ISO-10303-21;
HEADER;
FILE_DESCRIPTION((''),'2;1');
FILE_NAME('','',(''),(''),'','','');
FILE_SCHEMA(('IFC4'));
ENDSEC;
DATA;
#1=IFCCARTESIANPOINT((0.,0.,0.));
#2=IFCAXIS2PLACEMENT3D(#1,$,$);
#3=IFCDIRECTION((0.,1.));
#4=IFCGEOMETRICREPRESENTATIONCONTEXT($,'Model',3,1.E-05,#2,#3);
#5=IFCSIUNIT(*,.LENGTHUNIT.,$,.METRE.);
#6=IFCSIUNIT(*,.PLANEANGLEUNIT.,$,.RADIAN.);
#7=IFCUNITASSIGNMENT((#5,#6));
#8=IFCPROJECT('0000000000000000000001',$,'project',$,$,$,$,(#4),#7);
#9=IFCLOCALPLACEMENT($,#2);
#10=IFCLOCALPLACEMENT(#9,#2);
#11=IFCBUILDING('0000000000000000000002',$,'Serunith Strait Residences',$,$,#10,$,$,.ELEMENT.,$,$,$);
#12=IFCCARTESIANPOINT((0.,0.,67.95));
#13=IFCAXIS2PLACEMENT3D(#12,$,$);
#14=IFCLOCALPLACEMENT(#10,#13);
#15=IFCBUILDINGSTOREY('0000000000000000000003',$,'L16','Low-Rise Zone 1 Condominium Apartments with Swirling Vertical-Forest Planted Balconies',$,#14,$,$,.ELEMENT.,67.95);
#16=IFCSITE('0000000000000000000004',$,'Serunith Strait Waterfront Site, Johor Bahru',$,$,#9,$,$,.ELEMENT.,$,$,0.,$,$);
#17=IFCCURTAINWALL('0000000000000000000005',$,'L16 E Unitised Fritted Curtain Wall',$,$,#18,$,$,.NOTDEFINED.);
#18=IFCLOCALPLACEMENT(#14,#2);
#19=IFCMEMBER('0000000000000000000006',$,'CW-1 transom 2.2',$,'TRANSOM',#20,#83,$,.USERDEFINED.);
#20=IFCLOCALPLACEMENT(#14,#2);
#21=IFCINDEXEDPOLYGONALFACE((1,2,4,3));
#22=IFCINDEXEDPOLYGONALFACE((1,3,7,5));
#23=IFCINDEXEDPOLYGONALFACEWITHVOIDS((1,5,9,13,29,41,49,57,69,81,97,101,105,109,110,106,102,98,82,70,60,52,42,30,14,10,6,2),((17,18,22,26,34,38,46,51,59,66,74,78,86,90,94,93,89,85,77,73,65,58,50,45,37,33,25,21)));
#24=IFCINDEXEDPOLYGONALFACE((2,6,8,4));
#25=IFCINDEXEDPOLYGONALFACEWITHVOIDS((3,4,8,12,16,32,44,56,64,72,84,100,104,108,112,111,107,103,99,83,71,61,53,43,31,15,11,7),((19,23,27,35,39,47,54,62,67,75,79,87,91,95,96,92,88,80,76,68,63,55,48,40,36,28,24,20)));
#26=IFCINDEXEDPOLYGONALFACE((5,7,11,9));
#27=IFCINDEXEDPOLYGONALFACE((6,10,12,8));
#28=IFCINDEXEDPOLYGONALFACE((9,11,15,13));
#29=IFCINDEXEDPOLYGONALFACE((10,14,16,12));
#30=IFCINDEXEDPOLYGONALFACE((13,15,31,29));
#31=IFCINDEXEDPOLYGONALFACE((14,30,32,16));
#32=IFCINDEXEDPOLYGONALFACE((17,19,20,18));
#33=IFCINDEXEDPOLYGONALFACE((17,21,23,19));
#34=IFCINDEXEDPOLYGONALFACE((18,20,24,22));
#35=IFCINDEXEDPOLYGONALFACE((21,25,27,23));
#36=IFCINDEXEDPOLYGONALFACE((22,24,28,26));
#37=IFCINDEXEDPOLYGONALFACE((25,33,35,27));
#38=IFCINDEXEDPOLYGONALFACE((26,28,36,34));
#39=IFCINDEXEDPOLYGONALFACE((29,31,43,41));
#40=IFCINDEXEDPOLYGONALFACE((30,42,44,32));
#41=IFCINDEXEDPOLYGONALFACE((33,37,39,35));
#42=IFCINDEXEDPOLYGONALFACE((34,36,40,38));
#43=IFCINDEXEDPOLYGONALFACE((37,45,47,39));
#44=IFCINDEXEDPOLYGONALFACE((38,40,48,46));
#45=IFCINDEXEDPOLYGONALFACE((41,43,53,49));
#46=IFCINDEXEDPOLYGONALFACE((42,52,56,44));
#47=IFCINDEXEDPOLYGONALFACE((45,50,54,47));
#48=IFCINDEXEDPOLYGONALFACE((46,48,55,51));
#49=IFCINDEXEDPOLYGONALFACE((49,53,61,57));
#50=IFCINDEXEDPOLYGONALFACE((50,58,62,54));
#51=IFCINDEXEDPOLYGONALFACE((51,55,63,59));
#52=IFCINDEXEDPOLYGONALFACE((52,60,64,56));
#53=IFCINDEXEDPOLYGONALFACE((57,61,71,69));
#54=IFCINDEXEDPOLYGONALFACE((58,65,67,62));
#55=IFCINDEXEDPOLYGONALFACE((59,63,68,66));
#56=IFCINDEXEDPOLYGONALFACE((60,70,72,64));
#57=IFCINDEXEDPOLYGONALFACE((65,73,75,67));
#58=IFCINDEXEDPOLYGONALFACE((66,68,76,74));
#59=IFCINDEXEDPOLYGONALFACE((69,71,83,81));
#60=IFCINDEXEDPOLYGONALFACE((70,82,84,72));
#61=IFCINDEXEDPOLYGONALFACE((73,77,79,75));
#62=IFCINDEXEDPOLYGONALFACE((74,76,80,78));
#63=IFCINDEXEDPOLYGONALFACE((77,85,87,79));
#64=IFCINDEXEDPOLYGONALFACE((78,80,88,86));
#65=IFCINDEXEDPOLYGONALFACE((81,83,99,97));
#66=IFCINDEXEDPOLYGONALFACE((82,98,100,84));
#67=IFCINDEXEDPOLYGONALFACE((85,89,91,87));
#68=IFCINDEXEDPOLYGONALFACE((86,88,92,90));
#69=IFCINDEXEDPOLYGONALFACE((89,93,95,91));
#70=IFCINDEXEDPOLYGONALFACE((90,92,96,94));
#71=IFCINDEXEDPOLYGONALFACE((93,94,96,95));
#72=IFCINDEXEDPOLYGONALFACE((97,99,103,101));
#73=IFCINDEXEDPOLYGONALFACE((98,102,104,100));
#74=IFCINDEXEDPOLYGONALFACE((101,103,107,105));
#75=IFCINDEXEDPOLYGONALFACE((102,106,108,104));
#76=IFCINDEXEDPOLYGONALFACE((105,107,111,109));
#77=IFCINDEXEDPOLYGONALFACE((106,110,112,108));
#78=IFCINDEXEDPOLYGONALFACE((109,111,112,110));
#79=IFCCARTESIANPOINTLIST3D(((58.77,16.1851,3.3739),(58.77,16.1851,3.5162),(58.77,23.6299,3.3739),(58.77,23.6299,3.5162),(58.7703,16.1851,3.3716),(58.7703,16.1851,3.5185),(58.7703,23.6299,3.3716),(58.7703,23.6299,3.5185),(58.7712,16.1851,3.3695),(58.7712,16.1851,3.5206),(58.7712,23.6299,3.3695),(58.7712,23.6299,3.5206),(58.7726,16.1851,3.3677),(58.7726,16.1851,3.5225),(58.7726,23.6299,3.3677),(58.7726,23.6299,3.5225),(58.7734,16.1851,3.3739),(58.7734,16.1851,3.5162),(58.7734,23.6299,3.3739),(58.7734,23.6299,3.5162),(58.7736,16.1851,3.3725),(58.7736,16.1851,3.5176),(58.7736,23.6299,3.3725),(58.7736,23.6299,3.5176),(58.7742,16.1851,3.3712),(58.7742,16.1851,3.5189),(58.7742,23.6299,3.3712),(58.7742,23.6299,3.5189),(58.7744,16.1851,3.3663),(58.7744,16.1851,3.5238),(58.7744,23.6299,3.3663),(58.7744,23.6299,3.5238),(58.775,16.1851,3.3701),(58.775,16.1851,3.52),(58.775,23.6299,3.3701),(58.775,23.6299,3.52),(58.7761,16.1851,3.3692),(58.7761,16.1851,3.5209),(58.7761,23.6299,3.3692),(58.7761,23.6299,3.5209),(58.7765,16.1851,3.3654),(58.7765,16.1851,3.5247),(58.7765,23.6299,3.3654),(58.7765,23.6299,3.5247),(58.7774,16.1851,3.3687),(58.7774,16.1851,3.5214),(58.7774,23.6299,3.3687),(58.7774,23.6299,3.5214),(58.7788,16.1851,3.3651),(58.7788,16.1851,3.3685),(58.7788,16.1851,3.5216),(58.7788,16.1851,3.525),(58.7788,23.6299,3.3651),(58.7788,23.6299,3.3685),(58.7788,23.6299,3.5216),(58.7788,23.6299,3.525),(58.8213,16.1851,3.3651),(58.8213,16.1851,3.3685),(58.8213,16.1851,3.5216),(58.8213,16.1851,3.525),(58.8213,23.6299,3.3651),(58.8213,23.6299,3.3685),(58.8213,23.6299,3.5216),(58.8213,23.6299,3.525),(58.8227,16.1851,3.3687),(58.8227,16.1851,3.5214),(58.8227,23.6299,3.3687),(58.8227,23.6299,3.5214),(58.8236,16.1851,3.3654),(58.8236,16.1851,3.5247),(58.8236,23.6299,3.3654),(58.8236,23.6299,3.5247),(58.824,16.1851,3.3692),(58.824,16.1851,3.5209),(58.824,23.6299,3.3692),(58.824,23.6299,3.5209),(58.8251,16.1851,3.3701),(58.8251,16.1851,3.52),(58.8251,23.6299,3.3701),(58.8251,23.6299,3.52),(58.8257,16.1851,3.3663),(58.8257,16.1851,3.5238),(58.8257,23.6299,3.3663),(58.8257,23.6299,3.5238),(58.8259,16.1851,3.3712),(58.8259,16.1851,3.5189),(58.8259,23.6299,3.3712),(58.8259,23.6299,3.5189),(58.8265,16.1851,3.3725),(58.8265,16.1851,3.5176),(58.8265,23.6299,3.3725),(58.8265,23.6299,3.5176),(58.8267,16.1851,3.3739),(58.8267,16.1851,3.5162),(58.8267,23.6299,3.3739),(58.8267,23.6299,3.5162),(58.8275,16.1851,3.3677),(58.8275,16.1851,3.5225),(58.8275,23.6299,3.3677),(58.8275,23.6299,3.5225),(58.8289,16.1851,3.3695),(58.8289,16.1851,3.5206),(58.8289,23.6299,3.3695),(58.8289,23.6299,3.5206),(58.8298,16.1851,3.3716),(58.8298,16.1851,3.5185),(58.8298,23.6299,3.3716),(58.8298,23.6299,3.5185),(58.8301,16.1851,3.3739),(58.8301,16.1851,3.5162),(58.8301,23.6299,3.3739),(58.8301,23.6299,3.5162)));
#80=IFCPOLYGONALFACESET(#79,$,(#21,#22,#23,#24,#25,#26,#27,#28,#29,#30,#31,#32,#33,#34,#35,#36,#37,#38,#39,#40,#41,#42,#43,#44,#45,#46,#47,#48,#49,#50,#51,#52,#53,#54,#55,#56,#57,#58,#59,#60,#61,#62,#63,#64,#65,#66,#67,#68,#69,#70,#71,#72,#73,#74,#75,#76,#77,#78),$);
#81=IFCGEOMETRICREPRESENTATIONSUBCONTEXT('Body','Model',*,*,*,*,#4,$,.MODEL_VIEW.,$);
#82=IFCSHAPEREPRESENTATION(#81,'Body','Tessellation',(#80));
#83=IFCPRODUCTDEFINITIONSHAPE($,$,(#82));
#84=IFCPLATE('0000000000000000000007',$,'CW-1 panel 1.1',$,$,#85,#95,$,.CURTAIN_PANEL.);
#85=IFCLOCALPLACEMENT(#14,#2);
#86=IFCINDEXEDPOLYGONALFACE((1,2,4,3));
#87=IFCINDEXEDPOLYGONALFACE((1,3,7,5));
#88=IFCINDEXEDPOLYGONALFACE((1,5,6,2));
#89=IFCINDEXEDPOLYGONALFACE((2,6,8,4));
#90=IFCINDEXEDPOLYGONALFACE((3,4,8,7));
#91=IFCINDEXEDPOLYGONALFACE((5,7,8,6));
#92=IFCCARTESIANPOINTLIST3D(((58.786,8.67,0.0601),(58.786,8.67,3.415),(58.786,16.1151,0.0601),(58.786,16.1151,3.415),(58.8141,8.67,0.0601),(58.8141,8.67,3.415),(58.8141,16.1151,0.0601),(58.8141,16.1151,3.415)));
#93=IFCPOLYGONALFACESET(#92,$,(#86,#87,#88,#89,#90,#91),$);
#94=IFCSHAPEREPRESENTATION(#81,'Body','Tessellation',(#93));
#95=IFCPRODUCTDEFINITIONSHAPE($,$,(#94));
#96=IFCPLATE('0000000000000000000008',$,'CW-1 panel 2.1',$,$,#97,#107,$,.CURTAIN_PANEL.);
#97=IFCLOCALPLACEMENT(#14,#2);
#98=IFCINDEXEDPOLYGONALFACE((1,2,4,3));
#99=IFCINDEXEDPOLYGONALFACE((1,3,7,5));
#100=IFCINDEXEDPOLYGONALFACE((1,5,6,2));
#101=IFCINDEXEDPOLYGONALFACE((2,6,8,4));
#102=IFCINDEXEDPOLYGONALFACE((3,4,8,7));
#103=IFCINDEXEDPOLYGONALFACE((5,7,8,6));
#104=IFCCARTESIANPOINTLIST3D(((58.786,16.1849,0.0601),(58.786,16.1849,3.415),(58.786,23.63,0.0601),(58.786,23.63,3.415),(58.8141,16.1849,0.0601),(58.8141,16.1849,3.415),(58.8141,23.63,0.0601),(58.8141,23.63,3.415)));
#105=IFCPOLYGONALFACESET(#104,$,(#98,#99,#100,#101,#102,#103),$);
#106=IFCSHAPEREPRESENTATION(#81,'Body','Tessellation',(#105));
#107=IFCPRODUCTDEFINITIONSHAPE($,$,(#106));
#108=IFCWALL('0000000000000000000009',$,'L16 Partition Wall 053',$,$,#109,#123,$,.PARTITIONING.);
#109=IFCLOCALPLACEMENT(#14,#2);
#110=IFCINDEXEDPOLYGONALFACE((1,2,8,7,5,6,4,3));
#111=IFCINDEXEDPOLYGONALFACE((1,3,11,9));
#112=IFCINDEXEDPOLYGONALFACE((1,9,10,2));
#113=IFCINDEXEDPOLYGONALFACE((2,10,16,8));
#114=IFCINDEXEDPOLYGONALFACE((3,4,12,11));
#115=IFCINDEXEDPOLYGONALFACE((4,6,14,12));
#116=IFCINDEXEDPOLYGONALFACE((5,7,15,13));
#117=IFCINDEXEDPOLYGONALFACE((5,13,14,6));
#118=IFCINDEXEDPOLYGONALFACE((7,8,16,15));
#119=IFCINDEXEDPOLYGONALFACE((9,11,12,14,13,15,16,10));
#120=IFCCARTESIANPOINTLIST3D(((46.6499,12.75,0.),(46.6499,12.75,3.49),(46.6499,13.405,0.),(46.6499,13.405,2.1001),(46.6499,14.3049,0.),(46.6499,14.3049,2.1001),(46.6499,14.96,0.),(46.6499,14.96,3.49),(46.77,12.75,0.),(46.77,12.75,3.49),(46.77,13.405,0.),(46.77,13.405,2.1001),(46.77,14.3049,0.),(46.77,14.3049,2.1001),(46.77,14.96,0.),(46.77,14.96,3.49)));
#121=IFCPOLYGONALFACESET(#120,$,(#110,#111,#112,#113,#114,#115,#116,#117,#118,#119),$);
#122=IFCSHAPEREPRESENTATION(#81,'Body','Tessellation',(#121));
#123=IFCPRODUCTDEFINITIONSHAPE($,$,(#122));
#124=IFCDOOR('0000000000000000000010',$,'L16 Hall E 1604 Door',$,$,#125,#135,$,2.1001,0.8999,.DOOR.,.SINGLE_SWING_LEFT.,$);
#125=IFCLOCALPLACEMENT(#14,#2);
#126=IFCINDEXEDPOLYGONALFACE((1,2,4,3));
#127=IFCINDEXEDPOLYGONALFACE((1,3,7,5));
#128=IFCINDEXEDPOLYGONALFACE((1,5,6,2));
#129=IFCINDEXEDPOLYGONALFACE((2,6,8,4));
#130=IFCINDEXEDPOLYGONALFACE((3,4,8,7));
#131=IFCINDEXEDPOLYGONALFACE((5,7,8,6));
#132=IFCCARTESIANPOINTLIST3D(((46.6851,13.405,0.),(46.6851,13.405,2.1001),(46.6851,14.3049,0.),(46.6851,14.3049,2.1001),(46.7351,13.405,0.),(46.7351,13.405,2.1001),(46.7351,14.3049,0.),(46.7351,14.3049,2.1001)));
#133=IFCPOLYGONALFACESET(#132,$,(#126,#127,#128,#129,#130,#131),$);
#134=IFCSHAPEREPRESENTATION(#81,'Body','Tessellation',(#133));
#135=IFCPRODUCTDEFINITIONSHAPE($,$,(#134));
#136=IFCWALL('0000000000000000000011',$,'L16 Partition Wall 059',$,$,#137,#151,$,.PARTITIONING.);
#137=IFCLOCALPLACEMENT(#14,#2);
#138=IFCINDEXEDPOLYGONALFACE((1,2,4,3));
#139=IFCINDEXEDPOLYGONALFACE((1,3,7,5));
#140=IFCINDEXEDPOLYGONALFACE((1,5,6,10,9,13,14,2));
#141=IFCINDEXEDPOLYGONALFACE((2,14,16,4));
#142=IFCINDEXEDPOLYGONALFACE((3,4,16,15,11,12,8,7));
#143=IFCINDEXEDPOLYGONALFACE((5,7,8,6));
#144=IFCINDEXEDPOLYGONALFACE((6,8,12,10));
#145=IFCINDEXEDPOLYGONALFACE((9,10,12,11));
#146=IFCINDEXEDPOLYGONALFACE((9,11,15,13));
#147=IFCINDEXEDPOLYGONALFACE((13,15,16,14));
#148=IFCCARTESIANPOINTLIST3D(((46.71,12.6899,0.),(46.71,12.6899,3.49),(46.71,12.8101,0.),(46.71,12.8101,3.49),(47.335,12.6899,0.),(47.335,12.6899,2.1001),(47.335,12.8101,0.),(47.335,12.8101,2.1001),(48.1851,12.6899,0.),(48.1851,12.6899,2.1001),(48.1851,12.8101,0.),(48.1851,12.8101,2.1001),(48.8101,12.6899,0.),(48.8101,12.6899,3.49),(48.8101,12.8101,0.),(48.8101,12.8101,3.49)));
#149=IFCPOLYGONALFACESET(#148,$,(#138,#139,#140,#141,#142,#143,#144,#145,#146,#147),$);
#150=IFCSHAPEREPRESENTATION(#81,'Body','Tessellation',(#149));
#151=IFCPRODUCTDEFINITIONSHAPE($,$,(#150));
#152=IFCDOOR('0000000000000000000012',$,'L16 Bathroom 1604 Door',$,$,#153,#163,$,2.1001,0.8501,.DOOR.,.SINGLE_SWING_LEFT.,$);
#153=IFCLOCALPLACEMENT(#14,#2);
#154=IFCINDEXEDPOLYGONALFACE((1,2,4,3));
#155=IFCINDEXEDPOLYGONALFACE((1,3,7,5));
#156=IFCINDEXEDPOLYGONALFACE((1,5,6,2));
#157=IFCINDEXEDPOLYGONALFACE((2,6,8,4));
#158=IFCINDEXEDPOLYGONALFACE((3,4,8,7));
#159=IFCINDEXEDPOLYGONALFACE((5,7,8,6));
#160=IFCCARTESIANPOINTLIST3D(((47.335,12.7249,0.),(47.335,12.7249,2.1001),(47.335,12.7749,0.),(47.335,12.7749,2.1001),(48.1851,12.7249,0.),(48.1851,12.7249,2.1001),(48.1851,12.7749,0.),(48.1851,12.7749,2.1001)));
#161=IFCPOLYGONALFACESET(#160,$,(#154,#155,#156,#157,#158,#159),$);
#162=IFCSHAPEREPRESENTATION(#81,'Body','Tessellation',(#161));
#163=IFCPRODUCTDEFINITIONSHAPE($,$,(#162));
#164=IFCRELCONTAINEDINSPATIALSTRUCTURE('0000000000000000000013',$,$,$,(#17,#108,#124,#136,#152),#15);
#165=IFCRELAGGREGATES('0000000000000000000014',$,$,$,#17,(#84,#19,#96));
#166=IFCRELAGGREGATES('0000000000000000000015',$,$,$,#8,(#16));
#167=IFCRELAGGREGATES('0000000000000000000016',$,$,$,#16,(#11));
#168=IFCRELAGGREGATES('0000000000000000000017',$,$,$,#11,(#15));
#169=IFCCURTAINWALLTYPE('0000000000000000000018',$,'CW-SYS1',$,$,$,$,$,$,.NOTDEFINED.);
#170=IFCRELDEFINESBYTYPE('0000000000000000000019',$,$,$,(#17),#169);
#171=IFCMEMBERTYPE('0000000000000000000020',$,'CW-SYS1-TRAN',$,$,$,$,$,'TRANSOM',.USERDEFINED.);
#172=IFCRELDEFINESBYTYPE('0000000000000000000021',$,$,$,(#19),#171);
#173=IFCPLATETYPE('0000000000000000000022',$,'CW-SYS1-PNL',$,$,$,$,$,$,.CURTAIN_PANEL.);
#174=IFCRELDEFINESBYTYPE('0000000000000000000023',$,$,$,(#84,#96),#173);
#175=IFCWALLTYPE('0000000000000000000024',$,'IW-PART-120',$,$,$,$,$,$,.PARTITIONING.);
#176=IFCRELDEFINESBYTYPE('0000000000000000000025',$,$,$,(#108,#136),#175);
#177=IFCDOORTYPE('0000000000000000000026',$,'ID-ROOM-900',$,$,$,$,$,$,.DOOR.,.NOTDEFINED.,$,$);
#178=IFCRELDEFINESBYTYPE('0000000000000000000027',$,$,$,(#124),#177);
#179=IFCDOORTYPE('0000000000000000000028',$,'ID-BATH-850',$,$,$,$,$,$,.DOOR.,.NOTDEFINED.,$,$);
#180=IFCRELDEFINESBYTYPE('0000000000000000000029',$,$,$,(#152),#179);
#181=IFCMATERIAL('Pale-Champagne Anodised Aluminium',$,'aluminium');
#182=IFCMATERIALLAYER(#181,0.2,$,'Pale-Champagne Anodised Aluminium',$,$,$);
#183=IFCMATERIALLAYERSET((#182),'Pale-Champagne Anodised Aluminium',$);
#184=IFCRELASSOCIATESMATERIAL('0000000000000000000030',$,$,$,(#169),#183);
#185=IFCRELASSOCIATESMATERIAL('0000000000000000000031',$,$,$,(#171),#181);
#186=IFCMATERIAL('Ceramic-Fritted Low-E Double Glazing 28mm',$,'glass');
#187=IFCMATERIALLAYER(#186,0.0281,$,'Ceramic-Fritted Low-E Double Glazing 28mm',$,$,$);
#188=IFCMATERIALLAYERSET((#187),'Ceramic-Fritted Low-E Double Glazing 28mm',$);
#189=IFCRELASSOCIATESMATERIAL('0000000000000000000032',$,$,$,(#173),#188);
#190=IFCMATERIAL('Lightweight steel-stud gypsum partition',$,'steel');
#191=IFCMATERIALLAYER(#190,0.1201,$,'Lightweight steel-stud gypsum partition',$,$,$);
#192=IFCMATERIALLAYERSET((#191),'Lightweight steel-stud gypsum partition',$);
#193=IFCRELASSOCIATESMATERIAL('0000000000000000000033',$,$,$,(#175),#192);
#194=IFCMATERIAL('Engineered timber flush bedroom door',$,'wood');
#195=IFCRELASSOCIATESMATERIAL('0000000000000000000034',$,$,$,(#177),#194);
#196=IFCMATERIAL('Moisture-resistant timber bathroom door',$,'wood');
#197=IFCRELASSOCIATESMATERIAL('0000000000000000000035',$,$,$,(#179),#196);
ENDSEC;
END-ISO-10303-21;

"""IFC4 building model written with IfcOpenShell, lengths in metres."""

from ifc_helpers import new_model, si_unit, direction, frame, frame_2d, origin, origin_2d, place, context, subcontext, project, spatial, rectangle, hollow_rectangle, extrude, source, transform, mapped, material, layer, layer_set, material_profile, profile_set, type_object, element, fill, aggregate, save


model = new_model("IFC4")

# Units and contexts
model_context = context("Model", 3, precision=1e-05, world=origin(), true_north=direction((0.0, 1.0)))
body_context = subcontext(model_context, "Body", "Model", "MODEL_VIEW")
ifc_project = project(units=[si_unit("LENGTHUNIT", "METRE"), si_unit("PLANEANGLEUNIT", "RADIAN")], contexts=[model_context])

# Site, building, storey
site_placement = place(None, origin())
site = spatial("IfcSite", under=ifc_project, at=site_placement, Name="Serunith Strait Waterfront Site, Johor Bahru", CompositionType="ELEMENT", RefElevation=0.0)
building_placement = place(site_placement, origin())
building = spatial("IfcBuilding", under=site, at=building_placement, Name="Serunith Strait Residences", CompositionType="ELEMENT")
storey_placement = place(building_placement, frame((0.0, 0.0, 67.95)))
storey = spatial("IfcBuildingStorey", under=building, at=storey_placement, Name="L16", Description="Low-Rise Zone 1 Condominium Apartments with Swirling Vertical-Forest Planted Balconies", CompositionType="ELEMENT", Elevation=67.95)

# Curtain wall, member, plates
ifc_material_1 = material(Name="Pale-Champagne Anodised Aluminium", Category="aluminium")
ifc_layer_1 = layer(ifc_material_1, 0.2, Name="Pale-Champagne Anodised Aluminium")
ifc_layer_set_1 = layer_set([ifc_layer_1], Name="Pale-Champagne Anodised Aluminium")
curtain_wall_type = type_object("IfcCurtainWallType", Name="CW-SYS1", PredefinedType="NOTDEFINED", material=ifc_layer_set_1)
curtain_wall_placement = place(storey_placement, origin())
curtain_wall = element("IfcCurtainWall", 1, at=curtain_wall_placement, inside=storey, type_object=curtain_wall_type, Name="L16 E Unitised Fritted Curtain Wall", PredefinedType="NOTDEFINED")
ifc_material_profile_1 = material_profile(ifc_material_1, hollow_rectangle(XDim=0.0601, YDim=0.1599, WallThickness=0.0034, InnerFilletRadius=0.0054, OuterFilletRadius=0.0088, at=origin_2d()), Name="ALU 160x60x3.5")
ifc_profile_set_1 = profile_set([ifc_material_profile_1], Name="Pale-Champagne Anodised Aluminium")
member_type_1 = type_object("IfcMemberType", Name="CW-SYS1-TRAN", ElementType="TRANSOM", PredefinedType="USERDEFINED", material=ifc_profile_set_1)
shared_shape_1 = source(origin(), body_context, "Body", "SweptSolid", [
    extrude(hollow_rectangle(XDim=0.0601, YDim=0.1599, WallThickness=0.0034, InnerFilletRadius=0.0054, OuterFilletRadius=0.0088, at=origin_2d()), origin(), (0.0, 0.0, 1.0), 7.4448),
])
member_1_placement = place(storey_placement, frame((58.8, 16.1851, 3.4451), z_axis=(0.0, 1.0, 0.0), x_axis=(-1.0, 0.0, 0.0)))
member_1 = element("IfcMember", 2, at=member_1_placement, type_object=member_type_1, Name="CW-1 transom 2.2", ObjectType="TRANSOM", PredefinedType="USERDEFINED", context=body_context, shape_type="MappedRepresentation", body=[
    mapped(shared_shape_1, transform((0.0, 0.0, 0.0), scale=1.0)),
])
ifc_material_2 = material(Name="Ceramic-Fritted Low-E Double Glazing 28mm", Category="glass")
ifc_layer_2 = layer(ifc_material_2, 0.0281, Name="Ceramic-Fritted Low-E Double Glazing 28mm")
ifc_layer_set_2 = layer_set([ifc_layer_2], Name="Ceramic-Fritted Low-E Double Glazing 28mm")
plate_type = type_object("IfcPlateType", Name="CW-SYS1-PNL", PredefinedType="CURTAIN_PANEL", material=ifc_layer_set_2)
shared_shape_2 = source(origin(), body_context, "Body", "SweptSolid", [
    extrude(rectangle(XDim=7.4451, YDim=0.0281, at=origin_2d()), origin(), (0.0, 0.0, 1.0), 3.355),
])
plate_1_placement = place(storey_placement, frame((58.8, 12.3926, 0.0601), z_axis=(0.0, 0.0, 1.0), x_axis=(0.0, 1.0, 0.0)))
plate_1 = element("IfcPlate", 3, at=plate_1_placement, type_object=plate_type, Name="CW-1 panel 1.1", PredefinedType="CURTAIN_PANEL", context=body_context, shape_type="MappedRepresentation", body=[
    mapped(shared_shape_2, transform((0.0, 0.0, 0.0), scale=1.0)),
])
plate_2_placement = place(storey_placement, frame((58.8, 19.9075, 0.0601), z_axis=(0.0, 0.0, 1.0), x_axis=(0.0, 1.0, 0.0)))
plate_2 = element("IfcPlate", 4, at=plate_2_placement, type_object=plate_type, Name="CW-1 panel 2.1", PredefinedType="CURTAIN_PANEL", context=body_context, shape_type="MappedRepresentation", body=[
    mapped(shared_shape_2, transform((0.0, 0.0, 0.0), scale=1.0)),
])
aggregate(curtain_wall, [plate_1, member_1, plate_2])

# Walls, openings, doors
ifc_material_3 = material(Name="Lightweight steel-stud gypsum partition", Category="steel")
ifc_layer_3 = layer(ifc_material_3, 0.1201, Name="Lightweight steel-stud gypsum partition")
ifc_layer_set_3 = layer_set([ifc_layer_3], Name="Lightweight steel-stud gypsum partition")
wall_type = type_object("IfcWallType", Name="IW-PART-120", PredefinedType="PARTITIONING", material=ifc_layer_set_3)
wall_1_placement = place(storey_placement, frame((46.71, 12.75, 0.0), z_axis=(0.0, 0.0, 1.0), x_axis=(0.0, 1.0, 0.0)))
wall_1 = element("IfcWall", 5, at=wall_1_placement, inside=storey, type_object=wall_type, Name="L16 Partition Wall 053", PredefinedType="PARTITIONING", context=body_context, shape_type="SweptSolid", body=[
    extrude(rectangle(XDim=2.21, YDim=0.1201, at=frame_2d((1.105, 0.0))), origin(), (0.0, 0.0, 1.0), 3.49),
])
opening_1_placement = place(wall_1_placement, frame((0.655, 0.0, 0.0)))
opening_1 = element("IfcOpeningElement", 6, at=opening_1_placement, cuts=wall_1, PredefinedType="OPENING", context=body_context, shape_type="SweptSolid", body=[
    extrude(rectangle(XDim=0.8999, YDim=2.1001, at=frame_2d((0.45, 1.05))), frame((0.0, 0.0701, 0.0), z_axis=(0.0, -1.0, 0.0), x_axis=(1.0, 0.0, 0.0)), (0.0, 0.0, 1.0), 0.1401),
])
ifc_material_4 = material(Name="Engineered timber flush bedroom door", Category="wood")
door_type_1 = type_object("IfcDoorType", Name="ID-ROOM-900", OperationType="NOTDEFINED", PredefinedType="DOOR", material=ifc_material_4)
shared_shape_3 = source(origin(), body_context, "Body", "SweptSolid", [
    extrude(rectangle(XDim=0.8999, YDim=2.1001, at=frame_2d((0.45, 1.05))), frame((0.0, 0.0249, 0.0), z_axis=(0.0, -1.0, 0.0), x_axis=(1.0, 0.0, 0.0)), (0.0, 0.0, 1.0), 0.05),
])
door_1_placement = place(opening_1_placement, origin())
door_1 = element("IfcDoor", 7, at=door_1_placement, inside=storey, type_object=door_type_1, Name="L16 Hall E 1604 Door", OperationType="SINGLE_SWING_LEFT", OverallHeight=2.1001, OverallWidth=0.8999, PredefinedType="DOOR", context=body_context, shape_type="MappedRepresentation", body=[
    mapped(shared_shape_3, transform((0.0, 0.0, 0.0), scale=1.0)),
])
fill(opening_1, door_1)
wall_2_placement = place(storey_placement, frame((46.71, 12.75, 0.0), z_axis=(0.0, 0.0, 1.0), x_axis=(1.0, 0.0, 0.0)))
wall_2 = element("IfcWall", 8, at=wall_2_placement, inside=storey, type_object=wall_type, Name="L16 Partition Wall 059", PredefinedType="PARTITIONING", context=body_context, shape_type="SweptSolid", body=[
    extrude(rectangle(XDim=2.1001, YDim=0.1201, at=frame_2d((1.05, 0.0))), origin(), (0.0, 0.0, 1.0), 3.49),
])
opening_2_placement = place(wall_2_placement, frame((0.625, 0.0, 0.0)))
opening_2 = element("IfcOpeningElement", 9, at=opening_2_placement, cuts=wall_2, PredefinedType="OPENING", context=body_context, shape_type="SweptSolid", body=[
    extrude(rectangle(XDim=0.8501, YDim=2.1001, at=frame_2d((0.425, 1.05))), frame((0.0, 0.0701, 0.0), z_axis=(0.0, -1.0, 0.0), x_axis=(1.0, 0.0, 0.0)), (0.0, 0.0, 1.0), 0.1401),
])
ifc_material_5 = material(Name="Moisture-resistant timber bathroom door", Category="wood")
door_type_2 = type_object("IfcDoorType", Name="ID-BATH-850", OperationType="NOTDEFINED", PredefinedType="DOOR", material=ifc_material_5)
shared_shape_4 = source(origin(), body_context, "Body", "SweptSolid", [
    extrude(rectangle(XDim=0.8501, YDim=2.1001, at=frame_2d((0.425, 1.05))), frame((0.0, 0.0249, 0.0), z_axis=(0.0, -1.0, 0.0), x_axis=(1.0, 0.0, 0.0)), (0.0, 0.0, 1.0), 0.05),
])
door_2_placement = place(opening_2_placement, origin())
door_2 = element("IfcDoor", 10, at=door_2_placement, inside=storey, type_object=door_type_2, Name="L16 Bathroom 1604 Door", OperationType="SINGLE_SWING_LEFT", OverallHeight=2.1001, OverallWidth=0.8501, PredefinedType="DOOR", context=body_context, shape_type="MappedRepresentation", body=[
    mapped(shared_shape_4, transform((0.0, 0.0, 0.0), scale=1.0)),
])
fill(opening_2, door_2)

save(model, "model.ifc")
